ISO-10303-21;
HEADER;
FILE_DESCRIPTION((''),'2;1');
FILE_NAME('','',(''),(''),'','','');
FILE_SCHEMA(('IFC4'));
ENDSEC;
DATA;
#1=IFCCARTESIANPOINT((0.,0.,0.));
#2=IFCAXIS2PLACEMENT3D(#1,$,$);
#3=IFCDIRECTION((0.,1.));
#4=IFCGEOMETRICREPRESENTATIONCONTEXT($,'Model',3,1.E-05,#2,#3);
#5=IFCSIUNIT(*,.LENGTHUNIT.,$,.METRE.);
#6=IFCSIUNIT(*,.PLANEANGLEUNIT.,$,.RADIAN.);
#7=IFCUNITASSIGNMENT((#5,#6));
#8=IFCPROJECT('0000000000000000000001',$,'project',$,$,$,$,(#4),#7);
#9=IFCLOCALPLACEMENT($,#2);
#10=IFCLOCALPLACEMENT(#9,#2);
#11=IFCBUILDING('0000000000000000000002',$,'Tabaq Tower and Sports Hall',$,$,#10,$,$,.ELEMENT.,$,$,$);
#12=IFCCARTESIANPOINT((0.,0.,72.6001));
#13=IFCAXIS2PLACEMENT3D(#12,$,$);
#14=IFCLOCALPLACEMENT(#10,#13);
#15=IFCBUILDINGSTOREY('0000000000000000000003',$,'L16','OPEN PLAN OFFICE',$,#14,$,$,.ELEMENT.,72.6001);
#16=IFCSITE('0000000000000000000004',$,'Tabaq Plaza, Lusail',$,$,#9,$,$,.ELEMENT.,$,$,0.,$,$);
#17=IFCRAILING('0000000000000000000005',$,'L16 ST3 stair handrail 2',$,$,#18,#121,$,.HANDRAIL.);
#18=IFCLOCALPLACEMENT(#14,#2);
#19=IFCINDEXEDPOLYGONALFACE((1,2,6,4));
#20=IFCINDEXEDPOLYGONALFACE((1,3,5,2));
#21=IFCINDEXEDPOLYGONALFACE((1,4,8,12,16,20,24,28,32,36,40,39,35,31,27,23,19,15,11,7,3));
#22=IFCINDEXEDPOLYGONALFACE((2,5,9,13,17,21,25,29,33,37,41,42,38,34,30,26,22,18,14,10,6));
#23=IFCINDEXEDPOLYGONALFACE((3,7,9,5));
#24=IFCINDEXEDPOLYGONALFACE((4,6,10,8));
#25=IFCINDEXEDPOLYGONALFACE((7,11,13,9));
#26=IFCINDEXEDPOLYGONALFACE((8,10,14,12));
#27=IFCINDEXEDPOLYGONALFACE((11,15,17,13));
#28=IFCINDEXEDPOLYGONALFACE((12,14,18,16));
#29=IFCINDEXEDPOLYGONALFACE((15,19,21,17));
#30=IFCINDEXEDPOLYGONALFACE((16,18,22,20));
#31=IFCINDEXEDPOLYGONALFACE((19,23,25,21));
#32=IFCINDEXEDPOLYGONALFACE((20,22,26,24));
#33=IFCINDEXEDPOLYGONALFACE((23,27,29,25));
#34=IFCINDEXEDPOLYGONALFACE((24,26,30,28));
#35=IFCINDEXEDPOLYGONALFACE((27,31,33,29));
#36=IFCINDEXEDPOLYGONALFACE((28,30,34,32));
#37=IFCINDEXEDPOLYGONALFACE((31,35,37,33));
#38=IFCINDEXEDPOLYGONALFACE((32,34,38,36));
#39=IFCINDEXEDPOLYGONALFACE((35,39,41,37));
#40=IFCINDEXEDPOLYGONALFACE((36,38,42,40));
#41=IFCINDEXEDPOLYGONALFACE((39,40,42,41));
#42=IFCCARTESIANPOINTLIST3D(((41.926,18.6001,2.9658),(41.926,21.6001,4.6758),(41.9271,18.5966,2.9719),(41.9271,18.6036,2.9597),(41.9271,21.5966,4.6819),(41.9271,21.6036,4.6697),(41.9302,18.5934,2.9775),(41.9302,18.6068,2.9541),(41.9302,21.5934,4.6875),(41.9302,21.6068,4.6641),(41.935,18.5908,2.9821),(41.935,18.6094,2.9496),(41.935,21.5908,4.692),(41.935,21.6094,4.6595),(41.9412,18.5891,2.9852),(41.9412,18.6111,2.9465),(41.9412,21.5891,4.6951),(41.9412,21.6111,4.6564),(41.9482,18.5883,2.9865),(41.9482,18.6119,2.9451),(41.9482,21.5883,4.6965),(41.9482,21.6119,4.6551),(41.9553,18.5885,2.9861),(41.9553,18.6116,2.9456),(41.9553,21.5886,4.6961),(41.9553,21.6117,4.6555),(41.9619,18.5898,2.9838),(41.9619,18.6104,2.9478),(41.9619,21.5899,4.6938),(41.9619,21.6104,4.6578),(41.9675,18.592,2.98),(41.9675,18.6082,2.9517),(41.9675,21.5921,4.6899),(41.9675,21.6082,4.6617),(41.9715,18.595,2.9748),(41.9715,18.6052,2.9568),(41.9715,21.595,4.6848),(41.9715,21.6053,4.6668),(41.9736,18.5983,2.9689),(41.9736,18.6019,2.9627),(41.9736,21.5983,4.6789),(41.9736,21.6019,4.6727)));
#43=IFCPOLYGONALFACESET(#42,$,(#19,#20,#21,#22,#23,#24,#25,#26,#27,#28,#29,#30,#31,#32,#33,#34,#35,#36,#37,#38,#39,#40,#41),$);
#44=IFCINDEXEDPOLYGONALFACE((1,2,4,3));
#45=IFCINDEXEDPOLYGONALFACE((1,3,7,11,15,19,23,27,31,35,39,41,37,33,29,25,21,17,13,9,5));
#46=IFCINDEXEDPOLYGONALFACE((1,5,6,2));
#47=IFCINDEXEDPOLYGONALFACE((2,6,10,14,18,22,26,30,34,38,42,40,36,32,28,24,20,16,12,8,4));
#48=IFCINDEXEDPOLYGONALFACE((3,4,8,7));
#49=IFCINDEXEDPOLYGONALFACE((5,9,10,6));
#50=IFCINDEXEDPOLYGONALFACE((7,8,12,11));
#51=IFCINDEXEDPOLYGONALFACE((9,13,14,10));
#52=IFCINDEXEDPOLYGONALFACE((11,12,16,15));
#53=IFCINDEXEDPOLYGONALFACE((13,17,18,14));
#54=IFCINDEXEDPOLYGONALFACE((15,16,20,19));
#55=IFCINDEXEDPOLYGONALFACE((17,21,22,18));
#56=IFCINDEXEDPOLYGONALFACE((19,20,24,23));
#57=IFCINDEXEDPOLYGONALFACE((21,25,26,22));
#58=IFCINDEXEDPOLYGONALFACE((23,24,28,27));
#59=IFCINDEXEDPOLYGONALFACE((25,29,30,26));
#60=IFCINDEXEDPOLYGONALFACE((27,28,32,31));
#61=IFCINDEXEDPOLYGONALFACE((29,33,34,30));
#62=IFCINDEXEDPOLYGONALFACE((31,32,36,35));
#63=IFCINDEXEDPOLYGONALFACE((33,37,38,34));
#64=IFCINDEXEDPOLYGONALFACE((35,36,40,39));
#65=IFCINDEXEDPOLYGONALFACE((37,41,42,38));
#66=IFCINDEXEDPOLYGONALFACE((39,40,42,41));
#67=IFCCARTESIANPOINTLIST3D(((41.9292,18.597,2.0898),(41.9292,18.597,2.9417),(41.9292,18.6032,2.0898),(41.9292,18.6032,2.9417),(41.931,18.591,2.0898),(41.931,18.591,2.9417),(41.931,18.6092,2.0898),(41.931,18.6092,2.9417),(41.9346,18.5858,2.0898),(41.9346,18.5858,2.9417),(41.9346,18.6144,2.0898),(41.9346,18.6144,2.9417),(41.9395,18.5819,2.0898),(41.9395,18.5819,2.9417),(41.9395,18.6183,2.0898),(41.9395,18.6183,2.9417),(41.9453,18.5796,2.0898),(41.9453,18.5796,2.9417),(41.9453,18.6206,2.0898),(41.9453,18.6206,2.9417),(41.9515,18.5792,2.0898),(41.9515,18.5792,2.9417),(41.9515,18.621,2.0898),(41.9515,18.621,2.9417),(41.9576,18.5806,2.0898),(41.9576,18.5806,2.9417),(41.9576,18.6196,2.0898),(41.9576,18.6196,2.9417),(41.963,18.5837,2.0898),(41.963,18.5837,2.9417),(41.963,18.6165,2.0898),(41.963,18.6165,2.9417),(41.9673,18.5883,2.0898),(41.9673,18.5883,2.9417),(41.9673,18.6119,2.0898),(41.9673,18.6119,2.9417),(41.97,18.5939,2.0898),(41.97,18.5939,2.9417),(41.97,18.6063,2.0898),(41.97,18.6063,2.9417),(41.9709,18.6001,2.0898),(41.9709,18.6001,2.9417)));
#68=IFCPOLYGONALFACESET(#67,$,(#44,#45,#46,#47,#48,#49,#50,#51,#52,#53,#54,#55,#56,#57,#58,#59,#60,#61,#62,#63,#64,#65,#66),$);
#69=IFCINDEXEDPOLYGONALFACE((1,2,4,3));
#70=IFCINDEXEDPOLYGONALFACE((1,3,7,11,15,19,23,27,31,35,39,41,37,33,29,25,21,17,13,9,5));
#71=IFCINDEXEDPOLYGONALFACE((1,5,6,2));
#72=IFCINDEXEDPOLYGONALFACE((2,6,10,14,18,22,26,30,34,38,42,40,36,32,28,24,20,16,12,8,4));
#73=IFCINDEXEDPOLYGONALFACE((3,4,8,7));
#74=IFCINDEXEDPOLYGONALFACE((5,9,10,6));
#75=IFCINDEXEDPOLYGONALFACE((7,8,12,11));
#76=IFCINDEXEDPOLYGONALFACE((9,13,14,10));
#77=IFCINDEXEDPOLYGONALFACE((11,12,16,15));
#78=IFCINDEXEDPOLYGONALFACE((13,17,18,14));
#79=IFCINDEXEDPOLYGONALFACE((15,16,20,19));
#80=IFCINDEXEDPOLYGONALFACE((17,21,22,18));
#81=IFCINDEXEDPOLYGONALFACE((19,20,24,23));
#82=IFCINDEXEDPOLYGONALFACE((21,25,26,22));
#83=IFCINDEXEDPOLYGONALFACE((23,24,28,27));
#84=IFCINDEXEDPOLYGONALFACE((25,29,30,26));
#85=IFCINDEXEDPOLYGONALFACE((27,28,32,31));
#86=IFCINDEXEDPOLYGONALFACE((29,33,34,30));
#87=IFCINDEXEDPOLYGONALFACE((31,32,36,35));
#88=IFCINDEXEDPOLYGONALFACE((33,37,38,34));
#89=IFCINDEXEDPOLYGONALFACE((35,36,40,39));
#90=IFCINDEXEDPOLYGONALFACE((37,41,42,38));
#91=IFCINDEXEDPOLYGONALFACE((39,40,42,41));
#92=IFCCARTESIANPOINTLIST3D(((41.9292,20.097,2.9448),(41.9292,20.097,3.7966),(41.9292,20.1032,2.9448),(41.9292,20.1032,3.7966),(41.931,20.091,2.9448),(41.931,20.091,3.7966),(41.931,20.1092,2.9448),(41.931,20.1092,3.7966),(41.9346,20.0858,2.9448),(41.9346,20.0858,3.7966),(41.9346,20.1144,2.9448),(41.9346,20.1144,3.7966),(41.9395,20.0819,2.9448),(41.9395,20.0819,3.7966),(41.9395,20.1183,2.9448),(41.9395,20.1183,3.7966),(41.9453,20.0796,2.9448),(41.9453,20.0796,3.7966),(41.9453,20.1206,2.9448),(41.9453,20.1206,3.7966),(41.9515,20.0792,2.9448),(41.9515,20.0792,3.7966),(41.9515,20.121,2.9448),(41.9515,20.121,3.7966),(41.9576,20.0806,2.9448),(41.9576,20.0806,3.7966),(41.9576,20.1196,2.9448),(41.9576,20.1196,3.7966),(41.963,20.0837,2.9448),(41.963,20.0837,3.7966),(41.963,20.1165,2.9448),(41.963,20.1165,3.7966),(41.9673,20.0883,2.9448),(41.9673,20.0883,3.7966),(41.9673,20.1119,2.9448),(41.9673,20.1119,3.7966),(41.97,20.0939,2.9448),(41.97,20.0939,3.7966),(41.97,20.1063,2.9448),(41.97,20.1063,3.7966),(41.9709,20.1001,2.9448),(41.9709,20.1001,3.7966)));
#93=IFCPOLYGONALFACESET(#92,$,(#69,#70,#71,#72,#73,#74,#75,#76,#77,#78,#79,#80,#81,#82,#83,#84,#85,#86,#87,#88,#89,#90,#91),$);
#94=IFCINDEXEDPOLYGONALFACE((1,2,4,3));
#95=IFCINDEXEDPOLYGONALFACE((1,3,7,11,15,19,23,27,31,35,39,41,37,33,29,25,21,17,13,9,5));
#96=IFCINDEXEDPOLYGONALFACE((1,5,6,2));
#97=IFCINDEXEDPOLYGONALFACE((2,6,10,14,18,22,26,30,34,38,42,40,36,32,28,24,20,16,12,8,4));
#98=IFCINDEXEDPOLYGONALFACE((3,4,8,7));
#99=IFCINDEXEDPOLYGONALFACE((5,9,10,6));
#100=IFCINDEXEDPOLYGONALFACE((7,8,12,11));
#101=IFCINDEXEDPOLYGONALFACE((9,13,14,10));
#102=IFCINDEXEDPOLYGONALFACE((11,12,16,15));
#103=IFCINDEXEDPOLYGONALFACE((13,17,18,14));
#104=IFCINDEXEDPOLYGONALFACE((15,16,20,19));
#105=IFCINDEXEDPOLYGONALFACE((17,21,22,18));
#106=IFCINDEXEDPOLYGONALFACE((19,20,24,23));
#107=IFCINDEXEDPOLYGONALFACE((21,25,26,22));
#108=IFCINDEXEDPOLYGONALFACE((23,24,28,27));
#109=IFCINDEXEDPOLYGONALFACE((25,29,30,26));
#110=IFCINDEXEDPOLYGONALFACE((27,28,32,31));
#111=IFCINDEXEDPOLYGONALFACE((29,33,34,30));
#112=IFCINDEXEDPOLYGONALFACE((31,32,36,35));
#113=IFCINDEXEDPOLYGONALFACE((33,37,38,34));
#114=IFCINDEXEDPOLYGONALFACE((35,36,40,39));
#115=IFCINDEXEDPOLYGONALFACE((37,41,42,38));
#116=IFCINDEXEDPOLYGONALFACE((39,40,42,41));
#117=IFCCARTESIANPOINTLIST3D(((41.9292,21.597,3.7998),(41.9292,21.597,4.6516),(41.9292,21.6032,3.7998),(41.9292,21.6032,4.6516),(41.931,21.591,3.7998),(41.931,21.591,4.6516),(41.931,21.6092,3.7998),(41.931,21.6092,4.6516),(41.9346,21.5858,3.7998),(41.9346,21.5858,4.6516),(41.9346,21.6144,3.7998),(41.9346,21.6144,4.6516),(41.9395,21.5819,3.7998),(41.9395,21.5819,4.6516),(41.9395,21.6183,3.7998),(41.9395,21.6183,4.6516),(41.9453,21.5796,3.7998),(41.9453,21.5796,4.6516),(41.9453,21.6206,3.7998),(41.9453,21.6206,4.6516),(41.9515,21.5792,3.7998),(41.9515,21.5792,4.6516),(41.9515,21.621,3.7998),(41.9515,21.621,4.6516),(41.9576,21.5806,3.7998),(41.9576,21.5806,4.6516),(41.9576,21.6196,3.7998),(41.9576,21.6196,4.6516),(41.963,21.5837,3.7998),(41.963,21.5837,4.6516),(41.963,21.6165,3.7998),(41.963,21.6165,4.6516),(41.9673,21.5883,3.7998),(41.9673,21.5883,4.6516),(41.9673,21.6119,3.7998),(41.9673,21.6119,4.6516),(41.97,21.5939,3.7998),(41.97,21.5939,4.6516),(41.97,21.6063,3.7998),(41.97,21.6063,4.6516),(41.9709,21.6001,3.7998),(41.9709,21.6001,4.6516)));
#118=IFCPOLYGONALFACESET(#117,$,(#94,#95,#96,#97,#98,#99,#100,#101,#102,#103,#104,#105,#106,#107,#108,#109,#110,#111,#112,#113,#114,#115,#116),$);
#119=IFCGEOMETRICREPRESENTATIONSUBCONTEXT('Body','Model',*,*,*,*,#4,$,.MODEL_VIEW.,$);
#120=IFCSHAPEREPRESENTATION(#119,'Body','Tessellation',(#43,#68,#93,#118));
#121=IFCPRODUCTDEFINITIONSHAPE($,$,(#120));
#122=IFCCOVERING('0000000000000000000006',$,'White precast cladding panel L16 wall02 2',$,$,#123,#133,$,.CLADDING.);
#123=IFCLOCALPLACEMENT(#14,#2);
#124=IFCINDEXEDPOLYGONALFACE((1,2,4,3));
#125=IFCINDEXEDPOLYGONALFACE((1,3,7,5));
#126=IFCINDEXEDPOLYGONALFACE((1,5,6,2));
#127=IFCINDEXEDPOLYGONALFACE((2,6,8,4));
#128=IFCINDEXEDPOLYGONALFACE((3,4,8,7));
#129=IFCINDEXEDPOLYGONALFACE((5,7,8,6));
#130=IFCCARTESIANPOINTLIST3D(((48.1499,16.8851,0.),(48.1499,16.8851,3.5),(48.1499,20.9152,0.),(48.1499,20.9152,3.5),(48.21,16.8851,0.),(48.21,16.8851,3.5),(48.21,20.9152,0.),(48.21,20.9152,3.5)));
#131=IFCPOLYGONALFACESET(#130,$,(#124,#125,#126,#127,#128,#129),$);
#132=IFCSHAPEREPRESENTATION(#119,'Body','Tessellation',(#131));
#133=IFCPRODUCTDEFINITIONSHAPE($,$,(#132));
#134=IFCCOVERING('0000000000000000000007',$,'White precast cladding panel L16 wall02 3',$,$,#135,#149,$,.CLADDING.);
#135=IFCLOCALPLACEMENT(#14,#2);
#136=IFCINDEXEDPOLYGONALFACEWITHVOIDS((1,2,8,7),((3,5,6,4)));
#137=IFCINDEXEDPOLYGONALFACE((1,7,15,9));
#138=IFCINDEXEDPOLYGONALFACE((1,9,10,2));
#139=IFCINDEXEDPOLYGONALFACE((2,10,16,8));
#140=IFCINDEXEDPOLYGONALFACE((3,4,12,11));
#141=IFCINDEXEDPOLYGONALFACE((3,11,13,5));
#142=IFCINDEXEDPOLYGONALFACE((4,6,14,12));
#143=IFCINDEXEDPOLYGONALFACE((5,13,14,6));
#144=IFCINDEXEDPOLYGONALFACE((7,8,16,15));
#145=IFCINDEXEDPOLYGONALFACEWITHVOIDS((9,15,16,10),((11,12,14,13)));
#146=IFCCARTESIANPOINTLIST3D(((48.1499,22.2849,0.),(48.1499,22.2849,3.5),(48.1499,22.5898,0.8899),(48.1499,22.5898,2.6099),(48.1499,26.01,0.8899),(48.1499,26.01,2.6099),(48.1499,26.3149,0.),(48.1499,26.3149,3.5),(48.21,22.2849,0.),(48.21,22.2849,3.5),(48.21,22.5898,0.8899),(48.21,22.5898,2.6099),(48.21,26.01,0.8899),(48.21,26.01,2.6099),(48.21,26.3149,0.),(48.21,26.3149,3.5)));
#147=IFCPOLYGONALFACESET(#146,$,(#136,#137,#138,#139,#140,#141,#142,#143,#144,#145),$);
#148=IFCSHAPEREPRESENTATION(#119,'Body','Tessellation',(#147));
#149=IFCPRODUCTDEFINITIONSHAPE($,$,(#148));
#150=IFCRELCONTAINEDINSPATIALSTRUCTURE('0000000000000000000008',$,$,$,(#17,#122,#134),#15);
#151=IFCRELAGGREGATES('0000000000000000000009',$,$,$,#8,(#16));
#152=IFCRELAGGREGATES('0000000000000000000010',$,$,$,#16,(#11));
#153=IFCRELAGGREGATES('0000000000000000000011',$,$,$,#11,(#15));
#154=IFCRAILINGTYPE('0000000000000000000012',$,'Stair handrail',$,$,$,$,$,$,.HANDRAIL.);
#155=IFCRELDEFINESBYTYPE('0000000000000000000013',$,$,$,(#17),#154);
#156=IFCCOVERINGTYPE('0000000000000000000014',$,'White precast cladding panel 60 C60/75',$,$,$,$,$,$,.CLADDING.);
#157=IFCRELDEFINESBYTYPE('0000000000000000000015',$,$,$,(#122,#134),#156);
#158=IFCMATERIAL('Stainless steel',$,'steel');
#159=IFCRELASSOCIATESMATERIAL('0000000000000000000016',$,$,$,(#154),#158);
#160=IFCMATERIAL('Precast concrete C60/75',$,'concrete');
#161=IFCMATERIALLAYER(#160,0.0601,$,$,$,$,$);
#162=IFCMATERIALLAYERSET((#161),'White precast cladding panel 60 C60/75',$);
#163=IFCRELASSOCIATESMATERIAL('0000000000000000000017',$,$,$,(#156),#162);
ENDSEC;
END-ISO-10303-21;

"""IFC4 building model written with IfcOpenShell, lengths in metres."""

from ifc_helpers import new_model, si_unit, direction, frame, frame_2d, origin, origin_2d, place, context, subcontext, project, spatial, polyline, rectangle, circle, outline, extrude, material, layer, layer_set, type_object, element, save


model = new_model("IFC4")

# Units and contexts
model_context = context("Model", 3, precision=1e-05, world=origin(), true_north=direction((0.0, 1.0)))
body_context = subcontext(model_context, "Body", "Model", "MODEL_VIEW")
ifc_project = project(units=[si_unit("LENGTHUNIT", "METRE"), si_unit("PLANEANGLEUNIT", "RADIAN")], contexts=[model_context])

# Site, building, storey
site_placement = place(None, origin())
site = spatial("IfcSite", under=ifc_project, at=site_placement, Name="Tabaq Plaza, Lusail", CompositionType="ELEMENT", RefElevation=0.0)
building_placement = place(site_placement, origin())
building = spatial("IfcBuilding", under=site, at=building_placement, Name="Tabaq Tower and Sports Hall", CompositionType="ELEMENT")
storey_placement = place(building_placement, frame((0.0, 0.0, 72.6001)))
storey = spatial("IfcBuildingStorey", under=building, at=storey_placement, Name="L16", Description="OPEN PLAN OFFICE", CompositionType="ELEMENT", Elevation=72.6001)

# Railing
ifc_material_1 = material(Name="Stainless steel", Category="steel")
railing_type_1 = type_object("IfcRailingType", Name="Stair handrail", PredefinedType="HANDRAIL", material=ifc_material_1)
railing_1_placement = place(storey_placement, frame((41.95, 18.6001, 2.0898)))
element("IfcRailing", 1, at=railing_1_placement, inside=storey, type_object=railing_type_1, Name="L16 ST3 stair handrail 2", PredefinedType="HANDRAIL", context=body_context, shape_type="SweptSolid", body=[
    extrude(circle(Radius=0.0239, at=origin_2d()), frame((0.0, 0.0, 0.876), z_axis=(0.0, 0.868782, 0.495195), x_axis=(-1.0, 0.0, 0.0)), (0.0, 0.0, 1.0), 3.4531),
    extrude(circle(Radius=0.021, at=origin_2d()), origin(), (0.0, 0.0, 1.0), 0.8518),
    extrude(circle(Radius=0.021, at=origin_2d()), frame((0.0, 1.5, 0.855)), (0.0, 0.0, 1.0), 0.8518),
    extrude(circle(Radius=0.021, at=origin_2d()), frame((0.0, 3.0, 1.71)), (0.0, 0.0, 1.0), 0.8518),
])

# Coverings
ifc_material_2 = material(Name="Precast concrete C60/75", Category="concrete")
ifc_layer_1 = layer(ifc_material_2, 0.0601)
ifc_layer_set_1 = layer_set([ifc_layer_1], Name="White precast cladding panel 60 C60/75")
covering_type_1 = type_object("IfcCoveringType", Name="White precast cladding panel 60 C60/75", PredefinedType="CLADDING", material=ifc_layer_set_1)
covering_1_placement = place(storey_placement, frame((48.1799, 16.885, 0.0), z_axis=(0.0, 0.0, 1.0), x_axis=(0.0, 1.0, 0.0)))
element("IfcCovering", 2, at=covering_1_placement, inside=storey, type_object=covering_type_1, Name="White precast cladding panel L16 wall02 2", PredefinedType="CLADDING", context=body_context, shape_type="SweptSolid", body=[
    extrude(rectangle(XDim=4.03, YDim=0.0601, at=frame_2d((2.0151, 0.0))), origin(), (0.0, 0.0, 1.0), 3.5),
])
covering_2_placement = place(storey_placement, frame((48.1799, 22.2849, 0.0), z_axis=(0.0, 0.0, 1.0), x_axis=(0.0, 1.0, 0.0)))
element("IfcCovering", 3, at=covering_2_placement, inside=storey, type_object=covering_type_1, Name="White precast cladding panel L16 wall02 3", PredefinedType="CLADDING", context=body_context, shape_type="SweptSolid", body=[
    extrude(outline(polyline([(0.0, 0.0), (4.03, 0.0), (4.03, 3.5), (0.0, 3.5), (0.0, 0.0)]), holes=[polyline([(0.3049, 0.8899), (0.3049, 2.6099), (3.7251, 2.6099), (3.7251, 0.8899), (0.3049, 0.8899)])]), frame((0.0, 0.03, 0.0), z_axis=(0.0, -1.0, 0.0), x_axis=(1.0, 0.0, 0.0)), (0.0, 0.0, 1.0), 0.0601),
])

save(model, "model.ifc")
